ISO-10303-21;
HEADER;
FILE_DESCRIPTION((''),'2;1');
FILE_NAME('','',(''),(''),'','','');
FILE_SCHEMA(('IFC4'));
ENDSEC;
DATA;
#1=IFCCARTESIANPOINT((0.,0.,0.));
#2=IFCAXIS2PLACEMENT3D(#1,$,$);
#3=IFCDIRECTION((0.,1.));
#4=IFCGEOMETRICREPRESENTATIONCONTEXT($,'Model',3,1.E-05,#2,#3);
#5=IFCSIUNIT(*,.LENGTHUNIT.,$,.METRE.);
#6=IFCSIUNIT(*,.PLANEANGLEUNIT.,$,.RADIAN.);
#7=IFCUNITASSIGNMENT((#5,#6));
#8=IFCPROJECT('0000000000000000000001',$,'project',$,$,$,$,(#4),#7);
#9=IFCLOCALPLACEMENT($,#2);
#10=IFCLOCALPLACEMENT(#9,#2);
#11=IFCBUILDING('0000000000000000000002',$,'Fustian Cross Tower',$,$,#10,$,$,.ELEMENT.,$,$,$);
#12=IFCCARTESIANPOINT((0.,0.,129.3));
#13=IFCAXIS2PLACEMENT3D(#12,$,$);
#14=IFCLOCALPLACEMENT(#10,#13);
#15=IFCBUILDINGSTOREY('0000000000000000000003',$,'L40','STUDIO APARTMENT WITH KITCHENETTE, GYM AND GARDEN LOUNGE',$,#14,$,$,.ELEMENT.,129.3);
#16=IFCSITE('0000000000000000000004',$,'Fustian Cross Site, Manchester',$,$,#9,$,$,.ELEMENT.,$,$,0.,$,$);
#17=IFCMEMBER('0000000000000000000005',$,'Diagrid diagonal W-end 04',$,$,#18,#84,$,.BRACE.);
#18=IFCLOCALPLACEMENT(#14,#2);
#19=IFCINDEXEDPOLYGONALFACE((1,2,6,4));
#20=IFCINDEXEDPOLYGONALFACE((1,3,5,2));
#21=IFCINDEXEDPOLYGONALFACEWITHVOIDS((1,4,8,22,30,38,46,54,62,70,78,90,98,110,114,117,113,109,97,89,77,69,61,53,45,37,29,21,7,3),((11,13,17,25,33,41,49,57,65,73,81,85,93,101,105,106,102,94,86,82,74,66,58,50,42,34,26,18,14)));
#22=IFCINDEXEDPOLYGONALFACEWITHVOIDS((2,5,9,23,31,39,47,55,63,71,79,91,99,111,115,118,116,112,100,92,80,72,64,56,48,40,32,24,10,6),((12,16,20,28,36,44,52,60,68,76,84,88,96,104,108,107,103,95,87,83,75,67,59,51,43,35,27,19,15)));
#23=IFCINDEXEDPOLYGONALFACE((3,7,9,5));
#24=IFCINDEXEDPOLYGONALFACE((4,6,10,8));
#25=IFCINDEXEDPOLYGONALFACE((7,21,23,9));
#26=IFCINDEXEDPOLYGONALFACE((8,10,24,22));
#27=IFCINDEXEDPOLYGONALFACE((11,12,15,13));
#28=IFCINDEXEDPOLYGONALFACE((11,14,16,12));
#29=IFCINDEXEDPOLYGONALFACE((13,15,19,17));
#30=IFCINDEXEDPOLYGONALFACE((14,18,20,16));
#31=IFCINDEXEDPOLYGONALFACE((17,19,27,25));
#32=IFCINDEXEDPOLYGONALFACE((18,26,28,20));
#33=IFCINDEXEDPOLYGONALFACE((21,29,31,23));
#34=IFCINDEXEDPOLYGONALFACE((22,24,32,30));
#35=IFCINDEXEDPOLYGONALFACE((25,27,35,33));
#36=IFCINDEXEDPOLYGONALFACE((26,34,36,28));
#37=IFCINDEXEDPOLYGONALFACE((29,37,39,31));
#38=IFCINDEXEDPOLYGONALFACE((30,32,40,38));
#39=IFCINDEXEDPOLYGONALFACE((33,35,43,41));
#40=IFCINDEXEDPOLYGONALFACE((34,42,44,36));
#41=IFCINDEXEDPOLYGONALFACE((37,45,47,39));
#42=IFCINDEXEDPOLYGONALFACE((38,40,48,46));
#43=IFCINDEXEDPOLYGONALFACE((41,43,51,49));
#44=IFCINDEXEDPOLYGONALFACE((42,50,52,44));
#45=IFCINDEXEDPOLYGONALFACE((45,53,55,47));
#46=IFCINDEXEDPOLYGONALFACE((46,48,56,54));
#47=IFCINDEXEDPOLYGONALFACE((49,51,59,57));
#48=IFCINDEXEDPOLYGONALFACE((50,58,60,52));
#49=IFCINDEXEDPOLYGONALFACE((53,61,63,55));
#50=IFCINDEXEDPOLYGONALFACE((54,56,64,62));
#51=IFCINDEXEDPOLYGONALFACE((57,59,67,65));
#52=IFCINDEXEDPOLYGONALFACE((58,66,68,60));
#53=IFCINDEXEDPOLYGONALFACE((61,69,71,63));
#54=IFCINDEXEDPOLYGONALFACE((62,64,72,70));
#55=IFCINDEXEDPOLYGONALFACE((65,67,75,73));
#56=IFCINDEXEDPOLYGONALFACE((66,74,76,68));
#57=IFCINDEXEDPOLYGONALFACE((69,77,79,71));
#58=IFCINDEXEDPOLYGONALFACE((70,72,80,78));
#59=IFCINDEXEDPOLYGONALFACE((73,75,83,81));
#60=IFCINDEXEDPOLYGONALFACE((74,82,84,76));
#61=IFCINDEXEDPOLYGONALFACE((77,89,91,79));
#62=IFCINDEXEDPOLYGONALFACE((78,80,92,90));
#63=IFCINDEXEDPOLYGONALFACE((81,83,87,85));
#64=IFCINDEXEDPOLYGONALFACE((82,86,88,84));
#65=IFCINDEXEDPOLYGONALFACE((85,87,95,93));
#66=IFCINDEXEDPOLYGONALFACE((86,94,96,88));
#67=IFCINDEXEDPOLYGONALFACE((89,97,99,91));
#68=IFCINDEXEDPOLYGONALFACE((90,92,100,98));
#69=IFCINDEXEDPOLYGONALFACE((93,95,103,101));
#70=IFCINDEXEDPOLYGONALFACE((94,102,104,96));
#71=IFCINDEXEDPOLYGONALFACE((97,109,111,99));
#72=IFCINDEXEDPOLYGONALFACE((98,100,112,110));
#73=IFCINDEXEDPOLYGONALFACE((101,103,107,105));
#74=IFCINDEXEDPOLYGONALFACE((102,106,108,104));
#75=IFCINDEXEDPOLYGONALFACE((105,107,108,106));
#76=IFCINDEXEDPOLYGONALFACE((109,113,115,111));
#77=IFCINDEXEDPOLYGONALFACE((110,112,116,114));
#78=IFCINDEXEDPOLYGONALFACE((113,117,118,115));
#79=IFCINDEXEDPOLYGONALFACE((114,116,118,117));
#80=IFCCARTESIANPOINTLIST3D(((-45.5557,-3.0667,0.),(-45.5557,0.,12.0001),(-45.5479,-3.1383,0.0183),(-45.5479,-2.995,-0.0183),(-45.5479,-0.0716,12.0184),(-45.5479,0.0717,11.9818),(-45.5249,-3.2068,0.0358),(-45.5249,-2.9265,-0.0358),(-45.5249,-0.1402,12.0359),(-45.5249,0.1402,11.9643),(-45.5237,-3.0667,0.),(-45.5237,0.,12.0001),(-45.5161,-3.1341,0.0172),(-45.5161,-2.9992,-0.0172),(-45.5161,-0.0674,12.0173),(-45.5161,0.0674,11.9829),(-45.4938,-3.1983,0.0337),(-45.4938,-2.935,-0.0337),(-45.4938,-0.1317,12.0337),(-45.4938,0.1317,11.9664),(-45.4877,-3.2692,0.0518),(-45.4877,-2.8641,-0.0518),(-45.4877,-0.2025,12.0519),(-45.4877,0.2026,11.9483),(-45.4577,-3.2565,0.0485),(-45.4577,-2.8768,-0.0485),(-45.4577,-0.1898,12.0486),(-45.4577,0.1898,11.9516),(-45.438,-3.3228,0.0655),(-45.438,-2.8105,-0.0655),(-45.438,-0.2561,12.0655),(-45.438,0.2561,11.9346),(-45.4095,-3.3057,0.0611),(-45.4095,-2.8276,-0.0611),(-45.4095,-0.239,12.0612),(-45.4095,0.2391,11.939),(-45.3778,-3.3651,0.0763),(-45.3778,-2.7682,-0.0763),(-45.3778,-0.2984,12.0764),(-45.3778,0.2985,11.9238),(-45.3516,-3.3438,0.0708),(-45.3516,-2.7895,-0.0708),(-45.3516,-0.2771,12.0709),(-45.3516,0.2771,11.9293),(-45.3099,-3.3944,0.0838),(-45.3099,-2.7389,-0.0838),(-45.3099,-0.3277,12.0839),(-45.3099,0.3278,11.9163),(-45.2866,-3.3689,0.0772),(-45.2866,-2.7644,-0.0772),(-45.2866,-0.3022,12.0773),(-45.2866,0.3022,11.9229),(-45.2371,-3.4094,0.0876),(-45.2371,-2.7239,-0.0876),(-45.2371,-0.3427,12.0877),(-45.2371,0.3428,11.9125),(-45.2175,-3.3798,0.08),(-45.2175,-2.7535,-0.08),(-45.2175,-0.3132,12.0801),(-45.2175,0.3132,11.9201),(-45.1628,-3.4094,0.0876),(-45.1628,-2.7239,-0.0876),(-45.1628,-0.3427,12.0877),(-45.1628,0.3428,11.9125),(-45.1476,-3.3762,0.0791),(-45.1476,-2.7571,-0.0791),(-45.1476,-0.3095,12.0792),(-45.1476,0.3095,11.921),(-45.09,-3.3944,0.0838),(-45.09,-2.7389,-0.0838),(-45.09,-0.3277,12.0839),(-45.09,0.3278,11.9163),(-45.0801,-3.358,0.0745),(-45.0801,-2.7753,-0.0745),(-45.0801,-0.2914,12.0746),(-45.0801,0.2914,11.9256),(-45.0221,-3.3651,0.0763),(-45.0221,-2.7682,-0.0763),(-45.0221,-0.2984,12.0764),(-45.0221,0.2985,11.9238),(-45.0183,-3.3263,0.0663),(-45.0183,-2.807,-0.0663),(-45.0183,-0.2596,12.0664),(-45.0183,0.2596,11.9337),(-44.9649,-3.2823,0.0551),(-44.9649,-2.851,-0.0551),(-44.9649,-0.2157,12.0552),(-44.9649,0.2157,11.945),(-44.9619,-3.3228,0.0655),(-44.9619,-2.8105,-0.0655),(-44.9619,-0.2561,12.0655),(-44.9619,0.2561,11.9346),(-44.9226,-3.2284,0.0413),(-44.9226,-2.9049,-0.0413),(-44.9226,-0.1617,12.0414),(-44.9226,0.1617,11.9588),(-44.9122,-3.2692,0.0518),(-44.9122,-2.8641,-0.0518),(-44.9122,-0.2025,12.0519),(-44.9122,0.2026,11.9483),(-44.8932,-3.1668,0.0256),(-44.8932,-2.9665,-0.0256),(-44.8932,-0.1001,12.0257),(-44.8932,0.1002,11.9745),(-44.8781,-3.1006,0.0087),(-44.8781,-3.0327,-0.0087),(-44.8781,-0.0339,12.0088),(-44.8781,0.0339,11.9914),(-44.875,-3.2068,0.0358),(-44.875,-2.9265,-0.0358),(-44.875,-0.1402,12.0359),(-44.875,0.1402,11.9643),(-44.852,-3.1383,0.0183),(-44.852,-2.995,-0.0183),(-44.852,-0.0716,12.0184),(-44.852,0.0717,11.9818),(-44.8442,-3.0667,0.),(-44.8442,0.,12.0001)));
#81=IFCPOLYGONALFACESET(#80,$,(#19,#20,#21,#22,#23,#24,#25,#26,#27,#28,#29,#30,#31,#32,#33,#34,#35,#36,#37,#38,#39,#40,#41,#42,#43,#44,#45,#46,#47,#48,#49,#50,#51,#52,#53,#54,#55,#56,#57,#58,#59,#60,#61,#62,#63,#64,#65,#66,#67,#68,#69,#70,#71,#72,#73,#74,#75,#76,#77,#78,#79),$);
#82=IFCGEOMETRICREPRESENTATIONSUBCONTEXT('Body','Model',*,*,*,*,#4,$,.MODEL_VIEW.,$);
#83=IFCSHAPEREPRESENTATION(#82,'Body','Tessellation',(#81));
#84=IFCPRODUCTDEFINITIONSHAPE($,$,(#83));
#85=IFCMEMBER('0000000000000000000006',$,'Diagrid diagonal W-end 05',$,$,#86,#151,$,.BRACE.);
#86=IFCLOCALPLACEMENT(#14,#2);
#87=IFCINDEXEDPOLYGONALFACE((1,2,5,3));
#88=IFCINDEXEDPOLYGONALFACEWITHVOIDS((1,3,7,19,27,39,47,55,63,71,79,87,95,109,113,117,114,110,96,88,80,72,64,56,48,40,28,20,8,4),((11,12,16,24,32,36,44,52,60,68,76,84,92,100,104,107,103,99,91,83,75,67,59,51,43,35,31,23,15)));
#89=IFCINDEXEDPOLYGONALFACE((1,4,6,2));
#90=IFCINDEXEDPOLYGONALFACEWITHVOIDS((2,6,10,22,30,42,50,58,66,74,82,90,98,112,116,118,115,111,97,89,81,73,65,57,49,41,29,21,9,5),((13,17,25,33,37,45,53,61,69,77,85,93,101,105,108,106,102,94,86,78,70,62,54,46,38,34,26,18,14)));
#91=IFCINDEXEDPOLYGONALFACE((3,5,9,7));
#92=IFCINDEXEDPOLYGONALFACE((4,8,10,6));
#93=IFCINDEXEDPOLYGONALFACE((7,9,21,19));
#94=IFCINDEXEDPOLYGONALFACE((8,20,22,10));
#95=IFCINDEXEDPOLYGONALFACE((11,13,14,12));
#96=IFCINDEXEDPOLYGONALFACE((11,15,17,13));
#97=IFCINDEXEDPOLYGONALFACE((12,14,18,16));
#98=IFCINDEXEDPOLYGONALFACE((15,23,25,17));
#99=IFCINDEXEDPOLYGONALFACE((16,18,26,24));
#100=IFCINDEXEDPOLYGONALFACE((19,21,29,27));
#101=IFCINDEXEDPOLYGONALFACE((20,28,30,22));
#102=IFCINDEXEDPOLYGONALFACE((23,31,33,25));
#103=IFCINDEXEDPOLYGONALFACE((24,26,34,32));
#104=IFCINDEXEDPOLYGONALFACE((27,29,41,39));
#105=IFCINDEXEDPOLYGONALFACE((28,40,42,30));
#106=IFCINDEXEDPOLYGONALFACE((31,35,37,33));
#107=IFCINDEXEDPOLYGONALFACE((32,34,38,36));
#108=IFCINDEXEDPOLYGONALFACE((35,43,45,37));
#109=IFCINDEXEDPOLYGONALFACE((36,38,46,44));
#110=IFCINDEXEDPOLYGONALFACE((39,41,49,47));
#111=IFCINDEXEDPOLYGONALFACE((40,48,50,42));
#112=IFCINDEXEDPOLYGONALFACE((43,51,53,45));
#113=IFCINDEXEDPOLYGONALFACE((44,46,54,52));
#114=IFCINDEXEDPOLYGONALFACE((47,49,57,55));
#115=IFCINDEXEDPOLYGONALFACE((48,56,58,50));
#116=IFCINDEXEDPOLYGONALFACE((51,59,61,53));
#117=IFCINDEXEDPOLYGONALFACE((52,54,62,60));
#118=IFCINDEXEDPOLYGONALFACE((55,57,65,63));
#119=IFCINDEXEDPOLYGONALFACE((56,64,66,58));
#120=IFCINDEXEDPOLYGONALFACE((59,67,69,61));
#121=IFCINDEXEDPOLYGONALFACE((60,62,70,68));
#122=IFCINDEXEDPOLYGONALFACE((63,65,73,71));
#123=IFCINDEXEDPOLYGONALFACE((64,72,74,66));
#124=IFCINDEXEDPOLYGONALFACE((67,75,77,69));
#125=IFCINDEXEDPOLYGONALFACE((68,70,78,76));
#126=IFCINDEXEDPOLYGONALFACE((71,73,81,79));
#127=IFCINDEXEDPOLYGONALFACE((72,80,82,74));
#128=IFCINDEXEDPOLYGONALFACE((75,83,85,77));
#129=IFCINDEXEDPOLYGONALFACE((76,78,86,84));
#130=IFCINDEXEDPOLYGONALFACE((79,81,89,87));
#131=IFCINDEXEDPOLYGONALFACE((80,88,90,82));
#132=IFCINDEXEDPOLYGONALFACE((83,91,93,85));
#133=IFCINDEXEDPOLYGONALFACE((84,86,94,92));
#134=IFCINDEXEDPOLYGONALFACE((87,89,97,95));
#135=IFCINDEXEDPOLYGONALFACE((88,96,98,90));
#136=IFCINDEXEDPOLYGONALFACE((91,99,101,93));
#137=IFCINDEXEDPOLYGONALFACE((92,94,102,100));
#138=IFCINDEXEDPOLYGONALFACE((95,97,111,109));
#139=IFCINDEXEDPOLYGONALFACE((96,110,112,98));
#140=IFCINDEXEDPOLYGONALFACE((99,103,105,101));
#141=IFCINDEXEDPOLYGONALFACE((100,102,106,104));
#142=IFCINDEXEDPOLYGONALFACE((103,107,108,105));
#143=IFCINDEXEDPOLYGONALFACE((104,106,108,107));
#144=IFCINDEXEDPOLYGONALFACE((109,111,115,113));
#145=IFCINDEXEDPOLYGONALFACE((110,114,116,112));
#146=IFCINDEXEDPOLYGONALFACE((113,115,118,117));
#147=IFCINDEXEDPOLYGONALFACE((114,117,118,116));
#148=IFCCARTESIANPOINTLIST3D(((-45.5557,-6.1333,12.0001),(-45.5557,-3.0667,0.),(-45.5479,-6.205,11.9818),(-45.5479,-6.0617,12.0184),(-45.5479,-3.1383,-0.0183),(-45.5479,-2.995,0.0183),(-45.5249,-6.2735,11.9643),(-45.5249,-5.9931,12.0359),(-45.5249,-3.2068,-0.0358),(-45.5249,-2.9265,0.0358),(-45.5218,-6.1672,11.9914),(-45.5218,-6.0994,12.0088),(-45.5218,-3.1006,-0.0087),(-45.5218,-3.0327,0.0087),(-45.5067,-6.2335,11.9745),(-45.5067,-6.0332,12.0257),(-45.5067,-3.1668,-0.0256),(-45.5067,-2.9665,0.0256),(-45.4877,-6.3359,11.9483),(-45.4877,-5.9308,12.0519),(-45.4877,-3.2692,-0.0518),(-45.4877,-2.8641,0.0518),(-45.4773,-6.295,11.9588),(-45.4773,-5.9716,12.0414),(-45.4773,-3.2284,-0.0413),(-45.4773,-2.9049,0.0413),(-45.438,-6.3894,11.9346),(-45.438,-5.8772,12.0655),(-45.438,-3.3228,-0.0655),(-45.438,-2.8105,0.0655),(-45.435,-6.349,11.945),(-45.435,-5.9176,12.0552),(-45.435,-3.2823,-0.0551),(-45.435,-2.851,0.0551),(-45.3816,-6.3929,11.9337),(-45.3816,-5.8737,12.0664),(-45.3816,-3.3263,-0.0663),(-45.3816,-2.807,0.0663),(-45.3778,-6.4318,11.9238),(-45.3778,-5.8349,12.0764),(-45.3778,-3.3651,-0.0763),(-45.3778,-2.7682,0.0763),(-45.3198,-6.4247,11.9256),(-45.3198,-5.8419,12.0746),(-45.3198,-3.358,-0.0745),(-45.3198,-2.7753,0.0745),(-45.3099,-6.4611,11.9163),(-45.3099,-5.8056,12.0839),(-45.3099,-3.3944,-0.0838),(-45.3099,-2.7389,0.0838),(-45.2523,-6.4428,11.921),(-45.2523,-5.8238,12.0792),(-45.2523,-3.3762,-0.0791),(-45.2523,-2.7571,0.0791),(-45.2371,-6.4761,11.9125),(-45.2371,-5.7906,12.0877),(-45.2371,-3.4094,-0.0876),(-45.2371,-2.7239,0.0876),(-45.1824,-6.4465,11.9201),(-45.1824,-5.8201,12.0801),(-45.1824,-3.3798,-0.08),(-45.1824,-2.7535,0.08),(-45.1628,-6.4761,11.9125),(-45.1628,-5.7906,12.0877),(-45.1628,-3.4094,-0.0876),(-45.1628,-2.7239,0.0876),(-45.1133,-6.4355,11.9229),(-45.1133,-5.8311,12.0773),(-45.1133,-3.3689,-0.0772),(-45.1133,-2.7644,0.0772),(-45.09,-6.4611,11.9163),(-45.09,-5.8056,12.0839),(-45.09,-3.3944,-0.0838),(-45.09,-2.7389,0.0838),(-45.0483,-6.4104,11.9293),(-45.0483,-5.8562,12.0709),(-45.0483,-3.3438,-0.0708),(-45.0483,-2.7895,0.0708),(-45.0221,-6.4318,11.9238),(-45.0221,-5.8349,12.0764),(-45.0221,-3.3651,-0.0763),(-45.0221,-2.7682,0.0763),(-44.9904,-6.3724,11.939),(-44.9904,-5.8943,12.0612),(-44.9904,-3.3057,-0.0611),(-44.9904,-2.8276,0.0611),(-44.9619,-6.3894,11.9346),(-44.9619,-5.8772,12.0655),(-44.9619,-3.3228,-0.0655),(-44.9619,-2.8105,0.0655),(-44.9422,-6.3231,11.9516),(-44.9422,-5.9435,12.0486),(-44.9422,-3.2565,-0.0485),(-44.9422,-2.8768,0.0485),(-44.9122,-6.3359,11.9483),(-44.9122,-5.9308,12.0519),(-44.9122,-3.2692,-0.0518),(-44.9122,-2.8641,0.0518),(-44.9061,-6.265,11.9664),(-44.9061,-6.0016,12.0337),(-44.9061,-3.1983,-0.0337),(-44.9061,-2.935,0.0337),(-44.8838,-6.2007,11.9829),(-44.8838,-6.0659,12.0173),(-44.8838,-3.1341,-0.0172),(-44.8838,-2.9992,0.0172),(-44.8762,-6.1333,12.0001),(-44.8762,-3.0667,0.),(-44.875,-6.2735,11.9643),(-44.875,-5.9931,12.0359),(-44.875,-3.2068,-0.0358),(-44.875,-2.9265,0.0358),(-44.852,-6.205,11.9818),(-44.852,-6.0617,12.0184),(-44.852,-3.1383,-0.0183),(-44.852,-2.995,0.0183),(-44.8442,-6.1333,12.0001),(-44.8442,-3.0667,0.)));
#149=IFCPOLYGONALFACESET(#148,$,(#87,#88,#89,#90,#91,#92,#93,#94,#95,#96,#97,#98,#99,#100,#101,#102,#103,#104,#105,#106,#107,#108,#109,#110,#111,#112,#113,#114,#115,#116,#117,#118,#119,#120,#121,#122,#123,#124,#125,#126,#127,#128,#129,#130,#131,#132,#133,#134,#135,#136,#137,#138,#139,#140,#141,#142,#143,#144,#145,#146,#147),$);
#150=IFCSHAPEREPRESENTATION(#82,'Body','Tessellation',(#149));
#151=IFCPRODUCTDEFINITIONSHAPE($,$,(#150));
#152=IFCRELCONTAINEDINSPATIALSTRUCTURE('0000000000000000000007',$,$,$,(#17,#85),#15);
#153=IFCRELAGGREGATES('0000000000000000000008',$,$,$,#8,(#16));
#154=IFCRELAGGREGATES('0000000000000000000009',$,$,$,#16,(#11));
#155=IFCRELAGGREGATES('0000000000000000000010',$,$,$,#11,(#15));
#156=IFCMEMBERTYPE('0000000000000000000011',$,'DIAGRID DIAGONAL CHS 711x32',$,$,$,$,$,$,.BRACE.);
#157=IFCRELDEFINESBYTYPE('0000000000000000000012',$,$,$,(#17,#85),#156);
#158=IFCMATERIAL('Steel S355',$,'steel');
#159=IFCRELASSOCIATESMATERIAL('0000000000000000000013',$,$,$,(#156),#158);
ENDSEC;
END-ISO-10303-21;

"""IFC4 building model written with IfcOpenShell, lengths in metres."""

from ifc_helpers import new_model, si_unit, direction, frame, origin, origin_2d, place, context, subcontext, project, spatial, hollow_circle, extrude, material, material_profile, profile_set, type_object, element, save


model = new_model("IFC4")

# Units and contexts
model_context = context("Model", 3, precision=1e-05, world=origin(), true_north=direction((0.0, 1.0)))
body_context = subcontext(model_context, "Body", "Model", "MODEL_VIEW")
ifc_project = project(units=[si_unit("LENGTHUNIT", "METRE"), si_unit("PLANEANGLEUNIT", "RADIAN")], contexts=[model_context])

# Site, building, storey
site_placement = place(None, origin())
site = spatial("IfcSite", under=ifc_project, at=site_placement, Name="Fustian Cross Site, Manchester", CompositionType="ELEMENT", RefElevation=0.0)
building_placement = place(site_placement, origin())
building = spatial("IfcBuilding", under=site, at=building_placement, Name="Fustian Cross Tower", CompositionType="ELEMENT")
storey_placement = place(building_placement, frame((0.0, 0.0, 129.3)))
storey = spatial("IfcBuildingStorey", under=building, at=storey_placement, Name="L40", Description="STUDIO APARTMENT WITH KITCHENETTE, GYM AND GARDEN LOUNGE", CompositionType="ELEMENT", Elevation=129.3)

# Members
ifc_material_1 = material(Name="Steel S355", Category="steel")
ifc_material_profile_1 = material_profile(ifc_material_1, hollow_circle(Radius=0.3557, WallThickness=0.032, at=origin_2d()), Name="CHS 711x32")
ifc_profile_set_1 = profile_set([ifc_material_profile_1], Name="Steel S355")
member_type_1 = type_object("IfcMemberType", Name="DIAGRID DIAGONAL CHS 711x32", PredefinedType="BRACE", material=ifc_profile_set_1)
for number, where, z_axis, x_axis, name in (
    (1, (-45.2, -3.0667, 0.0), (0.0, 0.247597, 0.968863), (-1.0, 0.0, 0.0), "Diagrid diagonal W-end 04"),
    (2, (-45.2, -3.0667, 0.0), (0.0, -0.247597, 0.968863), (1.0, 0.0, 0.0), "Diagrid diagonal W-end 05"),
):
    element("IfcMember", number, at=place(storey_placement, frame(where, z_axis=z_axis, x_axis=x_axis)), inside=storey, type_object=member_type_1, Name=name, PredefinedType="BRACE", context=body_context, shape_type="SweptSolid", body=[
        extrude(hollow_circle(Radius=0.3557, WallThickness=0.032, at=origin_2d()), origin(), (0.0, 0.0, 1.0), 12.3857),
    ])

save(model, "model.ifc")
